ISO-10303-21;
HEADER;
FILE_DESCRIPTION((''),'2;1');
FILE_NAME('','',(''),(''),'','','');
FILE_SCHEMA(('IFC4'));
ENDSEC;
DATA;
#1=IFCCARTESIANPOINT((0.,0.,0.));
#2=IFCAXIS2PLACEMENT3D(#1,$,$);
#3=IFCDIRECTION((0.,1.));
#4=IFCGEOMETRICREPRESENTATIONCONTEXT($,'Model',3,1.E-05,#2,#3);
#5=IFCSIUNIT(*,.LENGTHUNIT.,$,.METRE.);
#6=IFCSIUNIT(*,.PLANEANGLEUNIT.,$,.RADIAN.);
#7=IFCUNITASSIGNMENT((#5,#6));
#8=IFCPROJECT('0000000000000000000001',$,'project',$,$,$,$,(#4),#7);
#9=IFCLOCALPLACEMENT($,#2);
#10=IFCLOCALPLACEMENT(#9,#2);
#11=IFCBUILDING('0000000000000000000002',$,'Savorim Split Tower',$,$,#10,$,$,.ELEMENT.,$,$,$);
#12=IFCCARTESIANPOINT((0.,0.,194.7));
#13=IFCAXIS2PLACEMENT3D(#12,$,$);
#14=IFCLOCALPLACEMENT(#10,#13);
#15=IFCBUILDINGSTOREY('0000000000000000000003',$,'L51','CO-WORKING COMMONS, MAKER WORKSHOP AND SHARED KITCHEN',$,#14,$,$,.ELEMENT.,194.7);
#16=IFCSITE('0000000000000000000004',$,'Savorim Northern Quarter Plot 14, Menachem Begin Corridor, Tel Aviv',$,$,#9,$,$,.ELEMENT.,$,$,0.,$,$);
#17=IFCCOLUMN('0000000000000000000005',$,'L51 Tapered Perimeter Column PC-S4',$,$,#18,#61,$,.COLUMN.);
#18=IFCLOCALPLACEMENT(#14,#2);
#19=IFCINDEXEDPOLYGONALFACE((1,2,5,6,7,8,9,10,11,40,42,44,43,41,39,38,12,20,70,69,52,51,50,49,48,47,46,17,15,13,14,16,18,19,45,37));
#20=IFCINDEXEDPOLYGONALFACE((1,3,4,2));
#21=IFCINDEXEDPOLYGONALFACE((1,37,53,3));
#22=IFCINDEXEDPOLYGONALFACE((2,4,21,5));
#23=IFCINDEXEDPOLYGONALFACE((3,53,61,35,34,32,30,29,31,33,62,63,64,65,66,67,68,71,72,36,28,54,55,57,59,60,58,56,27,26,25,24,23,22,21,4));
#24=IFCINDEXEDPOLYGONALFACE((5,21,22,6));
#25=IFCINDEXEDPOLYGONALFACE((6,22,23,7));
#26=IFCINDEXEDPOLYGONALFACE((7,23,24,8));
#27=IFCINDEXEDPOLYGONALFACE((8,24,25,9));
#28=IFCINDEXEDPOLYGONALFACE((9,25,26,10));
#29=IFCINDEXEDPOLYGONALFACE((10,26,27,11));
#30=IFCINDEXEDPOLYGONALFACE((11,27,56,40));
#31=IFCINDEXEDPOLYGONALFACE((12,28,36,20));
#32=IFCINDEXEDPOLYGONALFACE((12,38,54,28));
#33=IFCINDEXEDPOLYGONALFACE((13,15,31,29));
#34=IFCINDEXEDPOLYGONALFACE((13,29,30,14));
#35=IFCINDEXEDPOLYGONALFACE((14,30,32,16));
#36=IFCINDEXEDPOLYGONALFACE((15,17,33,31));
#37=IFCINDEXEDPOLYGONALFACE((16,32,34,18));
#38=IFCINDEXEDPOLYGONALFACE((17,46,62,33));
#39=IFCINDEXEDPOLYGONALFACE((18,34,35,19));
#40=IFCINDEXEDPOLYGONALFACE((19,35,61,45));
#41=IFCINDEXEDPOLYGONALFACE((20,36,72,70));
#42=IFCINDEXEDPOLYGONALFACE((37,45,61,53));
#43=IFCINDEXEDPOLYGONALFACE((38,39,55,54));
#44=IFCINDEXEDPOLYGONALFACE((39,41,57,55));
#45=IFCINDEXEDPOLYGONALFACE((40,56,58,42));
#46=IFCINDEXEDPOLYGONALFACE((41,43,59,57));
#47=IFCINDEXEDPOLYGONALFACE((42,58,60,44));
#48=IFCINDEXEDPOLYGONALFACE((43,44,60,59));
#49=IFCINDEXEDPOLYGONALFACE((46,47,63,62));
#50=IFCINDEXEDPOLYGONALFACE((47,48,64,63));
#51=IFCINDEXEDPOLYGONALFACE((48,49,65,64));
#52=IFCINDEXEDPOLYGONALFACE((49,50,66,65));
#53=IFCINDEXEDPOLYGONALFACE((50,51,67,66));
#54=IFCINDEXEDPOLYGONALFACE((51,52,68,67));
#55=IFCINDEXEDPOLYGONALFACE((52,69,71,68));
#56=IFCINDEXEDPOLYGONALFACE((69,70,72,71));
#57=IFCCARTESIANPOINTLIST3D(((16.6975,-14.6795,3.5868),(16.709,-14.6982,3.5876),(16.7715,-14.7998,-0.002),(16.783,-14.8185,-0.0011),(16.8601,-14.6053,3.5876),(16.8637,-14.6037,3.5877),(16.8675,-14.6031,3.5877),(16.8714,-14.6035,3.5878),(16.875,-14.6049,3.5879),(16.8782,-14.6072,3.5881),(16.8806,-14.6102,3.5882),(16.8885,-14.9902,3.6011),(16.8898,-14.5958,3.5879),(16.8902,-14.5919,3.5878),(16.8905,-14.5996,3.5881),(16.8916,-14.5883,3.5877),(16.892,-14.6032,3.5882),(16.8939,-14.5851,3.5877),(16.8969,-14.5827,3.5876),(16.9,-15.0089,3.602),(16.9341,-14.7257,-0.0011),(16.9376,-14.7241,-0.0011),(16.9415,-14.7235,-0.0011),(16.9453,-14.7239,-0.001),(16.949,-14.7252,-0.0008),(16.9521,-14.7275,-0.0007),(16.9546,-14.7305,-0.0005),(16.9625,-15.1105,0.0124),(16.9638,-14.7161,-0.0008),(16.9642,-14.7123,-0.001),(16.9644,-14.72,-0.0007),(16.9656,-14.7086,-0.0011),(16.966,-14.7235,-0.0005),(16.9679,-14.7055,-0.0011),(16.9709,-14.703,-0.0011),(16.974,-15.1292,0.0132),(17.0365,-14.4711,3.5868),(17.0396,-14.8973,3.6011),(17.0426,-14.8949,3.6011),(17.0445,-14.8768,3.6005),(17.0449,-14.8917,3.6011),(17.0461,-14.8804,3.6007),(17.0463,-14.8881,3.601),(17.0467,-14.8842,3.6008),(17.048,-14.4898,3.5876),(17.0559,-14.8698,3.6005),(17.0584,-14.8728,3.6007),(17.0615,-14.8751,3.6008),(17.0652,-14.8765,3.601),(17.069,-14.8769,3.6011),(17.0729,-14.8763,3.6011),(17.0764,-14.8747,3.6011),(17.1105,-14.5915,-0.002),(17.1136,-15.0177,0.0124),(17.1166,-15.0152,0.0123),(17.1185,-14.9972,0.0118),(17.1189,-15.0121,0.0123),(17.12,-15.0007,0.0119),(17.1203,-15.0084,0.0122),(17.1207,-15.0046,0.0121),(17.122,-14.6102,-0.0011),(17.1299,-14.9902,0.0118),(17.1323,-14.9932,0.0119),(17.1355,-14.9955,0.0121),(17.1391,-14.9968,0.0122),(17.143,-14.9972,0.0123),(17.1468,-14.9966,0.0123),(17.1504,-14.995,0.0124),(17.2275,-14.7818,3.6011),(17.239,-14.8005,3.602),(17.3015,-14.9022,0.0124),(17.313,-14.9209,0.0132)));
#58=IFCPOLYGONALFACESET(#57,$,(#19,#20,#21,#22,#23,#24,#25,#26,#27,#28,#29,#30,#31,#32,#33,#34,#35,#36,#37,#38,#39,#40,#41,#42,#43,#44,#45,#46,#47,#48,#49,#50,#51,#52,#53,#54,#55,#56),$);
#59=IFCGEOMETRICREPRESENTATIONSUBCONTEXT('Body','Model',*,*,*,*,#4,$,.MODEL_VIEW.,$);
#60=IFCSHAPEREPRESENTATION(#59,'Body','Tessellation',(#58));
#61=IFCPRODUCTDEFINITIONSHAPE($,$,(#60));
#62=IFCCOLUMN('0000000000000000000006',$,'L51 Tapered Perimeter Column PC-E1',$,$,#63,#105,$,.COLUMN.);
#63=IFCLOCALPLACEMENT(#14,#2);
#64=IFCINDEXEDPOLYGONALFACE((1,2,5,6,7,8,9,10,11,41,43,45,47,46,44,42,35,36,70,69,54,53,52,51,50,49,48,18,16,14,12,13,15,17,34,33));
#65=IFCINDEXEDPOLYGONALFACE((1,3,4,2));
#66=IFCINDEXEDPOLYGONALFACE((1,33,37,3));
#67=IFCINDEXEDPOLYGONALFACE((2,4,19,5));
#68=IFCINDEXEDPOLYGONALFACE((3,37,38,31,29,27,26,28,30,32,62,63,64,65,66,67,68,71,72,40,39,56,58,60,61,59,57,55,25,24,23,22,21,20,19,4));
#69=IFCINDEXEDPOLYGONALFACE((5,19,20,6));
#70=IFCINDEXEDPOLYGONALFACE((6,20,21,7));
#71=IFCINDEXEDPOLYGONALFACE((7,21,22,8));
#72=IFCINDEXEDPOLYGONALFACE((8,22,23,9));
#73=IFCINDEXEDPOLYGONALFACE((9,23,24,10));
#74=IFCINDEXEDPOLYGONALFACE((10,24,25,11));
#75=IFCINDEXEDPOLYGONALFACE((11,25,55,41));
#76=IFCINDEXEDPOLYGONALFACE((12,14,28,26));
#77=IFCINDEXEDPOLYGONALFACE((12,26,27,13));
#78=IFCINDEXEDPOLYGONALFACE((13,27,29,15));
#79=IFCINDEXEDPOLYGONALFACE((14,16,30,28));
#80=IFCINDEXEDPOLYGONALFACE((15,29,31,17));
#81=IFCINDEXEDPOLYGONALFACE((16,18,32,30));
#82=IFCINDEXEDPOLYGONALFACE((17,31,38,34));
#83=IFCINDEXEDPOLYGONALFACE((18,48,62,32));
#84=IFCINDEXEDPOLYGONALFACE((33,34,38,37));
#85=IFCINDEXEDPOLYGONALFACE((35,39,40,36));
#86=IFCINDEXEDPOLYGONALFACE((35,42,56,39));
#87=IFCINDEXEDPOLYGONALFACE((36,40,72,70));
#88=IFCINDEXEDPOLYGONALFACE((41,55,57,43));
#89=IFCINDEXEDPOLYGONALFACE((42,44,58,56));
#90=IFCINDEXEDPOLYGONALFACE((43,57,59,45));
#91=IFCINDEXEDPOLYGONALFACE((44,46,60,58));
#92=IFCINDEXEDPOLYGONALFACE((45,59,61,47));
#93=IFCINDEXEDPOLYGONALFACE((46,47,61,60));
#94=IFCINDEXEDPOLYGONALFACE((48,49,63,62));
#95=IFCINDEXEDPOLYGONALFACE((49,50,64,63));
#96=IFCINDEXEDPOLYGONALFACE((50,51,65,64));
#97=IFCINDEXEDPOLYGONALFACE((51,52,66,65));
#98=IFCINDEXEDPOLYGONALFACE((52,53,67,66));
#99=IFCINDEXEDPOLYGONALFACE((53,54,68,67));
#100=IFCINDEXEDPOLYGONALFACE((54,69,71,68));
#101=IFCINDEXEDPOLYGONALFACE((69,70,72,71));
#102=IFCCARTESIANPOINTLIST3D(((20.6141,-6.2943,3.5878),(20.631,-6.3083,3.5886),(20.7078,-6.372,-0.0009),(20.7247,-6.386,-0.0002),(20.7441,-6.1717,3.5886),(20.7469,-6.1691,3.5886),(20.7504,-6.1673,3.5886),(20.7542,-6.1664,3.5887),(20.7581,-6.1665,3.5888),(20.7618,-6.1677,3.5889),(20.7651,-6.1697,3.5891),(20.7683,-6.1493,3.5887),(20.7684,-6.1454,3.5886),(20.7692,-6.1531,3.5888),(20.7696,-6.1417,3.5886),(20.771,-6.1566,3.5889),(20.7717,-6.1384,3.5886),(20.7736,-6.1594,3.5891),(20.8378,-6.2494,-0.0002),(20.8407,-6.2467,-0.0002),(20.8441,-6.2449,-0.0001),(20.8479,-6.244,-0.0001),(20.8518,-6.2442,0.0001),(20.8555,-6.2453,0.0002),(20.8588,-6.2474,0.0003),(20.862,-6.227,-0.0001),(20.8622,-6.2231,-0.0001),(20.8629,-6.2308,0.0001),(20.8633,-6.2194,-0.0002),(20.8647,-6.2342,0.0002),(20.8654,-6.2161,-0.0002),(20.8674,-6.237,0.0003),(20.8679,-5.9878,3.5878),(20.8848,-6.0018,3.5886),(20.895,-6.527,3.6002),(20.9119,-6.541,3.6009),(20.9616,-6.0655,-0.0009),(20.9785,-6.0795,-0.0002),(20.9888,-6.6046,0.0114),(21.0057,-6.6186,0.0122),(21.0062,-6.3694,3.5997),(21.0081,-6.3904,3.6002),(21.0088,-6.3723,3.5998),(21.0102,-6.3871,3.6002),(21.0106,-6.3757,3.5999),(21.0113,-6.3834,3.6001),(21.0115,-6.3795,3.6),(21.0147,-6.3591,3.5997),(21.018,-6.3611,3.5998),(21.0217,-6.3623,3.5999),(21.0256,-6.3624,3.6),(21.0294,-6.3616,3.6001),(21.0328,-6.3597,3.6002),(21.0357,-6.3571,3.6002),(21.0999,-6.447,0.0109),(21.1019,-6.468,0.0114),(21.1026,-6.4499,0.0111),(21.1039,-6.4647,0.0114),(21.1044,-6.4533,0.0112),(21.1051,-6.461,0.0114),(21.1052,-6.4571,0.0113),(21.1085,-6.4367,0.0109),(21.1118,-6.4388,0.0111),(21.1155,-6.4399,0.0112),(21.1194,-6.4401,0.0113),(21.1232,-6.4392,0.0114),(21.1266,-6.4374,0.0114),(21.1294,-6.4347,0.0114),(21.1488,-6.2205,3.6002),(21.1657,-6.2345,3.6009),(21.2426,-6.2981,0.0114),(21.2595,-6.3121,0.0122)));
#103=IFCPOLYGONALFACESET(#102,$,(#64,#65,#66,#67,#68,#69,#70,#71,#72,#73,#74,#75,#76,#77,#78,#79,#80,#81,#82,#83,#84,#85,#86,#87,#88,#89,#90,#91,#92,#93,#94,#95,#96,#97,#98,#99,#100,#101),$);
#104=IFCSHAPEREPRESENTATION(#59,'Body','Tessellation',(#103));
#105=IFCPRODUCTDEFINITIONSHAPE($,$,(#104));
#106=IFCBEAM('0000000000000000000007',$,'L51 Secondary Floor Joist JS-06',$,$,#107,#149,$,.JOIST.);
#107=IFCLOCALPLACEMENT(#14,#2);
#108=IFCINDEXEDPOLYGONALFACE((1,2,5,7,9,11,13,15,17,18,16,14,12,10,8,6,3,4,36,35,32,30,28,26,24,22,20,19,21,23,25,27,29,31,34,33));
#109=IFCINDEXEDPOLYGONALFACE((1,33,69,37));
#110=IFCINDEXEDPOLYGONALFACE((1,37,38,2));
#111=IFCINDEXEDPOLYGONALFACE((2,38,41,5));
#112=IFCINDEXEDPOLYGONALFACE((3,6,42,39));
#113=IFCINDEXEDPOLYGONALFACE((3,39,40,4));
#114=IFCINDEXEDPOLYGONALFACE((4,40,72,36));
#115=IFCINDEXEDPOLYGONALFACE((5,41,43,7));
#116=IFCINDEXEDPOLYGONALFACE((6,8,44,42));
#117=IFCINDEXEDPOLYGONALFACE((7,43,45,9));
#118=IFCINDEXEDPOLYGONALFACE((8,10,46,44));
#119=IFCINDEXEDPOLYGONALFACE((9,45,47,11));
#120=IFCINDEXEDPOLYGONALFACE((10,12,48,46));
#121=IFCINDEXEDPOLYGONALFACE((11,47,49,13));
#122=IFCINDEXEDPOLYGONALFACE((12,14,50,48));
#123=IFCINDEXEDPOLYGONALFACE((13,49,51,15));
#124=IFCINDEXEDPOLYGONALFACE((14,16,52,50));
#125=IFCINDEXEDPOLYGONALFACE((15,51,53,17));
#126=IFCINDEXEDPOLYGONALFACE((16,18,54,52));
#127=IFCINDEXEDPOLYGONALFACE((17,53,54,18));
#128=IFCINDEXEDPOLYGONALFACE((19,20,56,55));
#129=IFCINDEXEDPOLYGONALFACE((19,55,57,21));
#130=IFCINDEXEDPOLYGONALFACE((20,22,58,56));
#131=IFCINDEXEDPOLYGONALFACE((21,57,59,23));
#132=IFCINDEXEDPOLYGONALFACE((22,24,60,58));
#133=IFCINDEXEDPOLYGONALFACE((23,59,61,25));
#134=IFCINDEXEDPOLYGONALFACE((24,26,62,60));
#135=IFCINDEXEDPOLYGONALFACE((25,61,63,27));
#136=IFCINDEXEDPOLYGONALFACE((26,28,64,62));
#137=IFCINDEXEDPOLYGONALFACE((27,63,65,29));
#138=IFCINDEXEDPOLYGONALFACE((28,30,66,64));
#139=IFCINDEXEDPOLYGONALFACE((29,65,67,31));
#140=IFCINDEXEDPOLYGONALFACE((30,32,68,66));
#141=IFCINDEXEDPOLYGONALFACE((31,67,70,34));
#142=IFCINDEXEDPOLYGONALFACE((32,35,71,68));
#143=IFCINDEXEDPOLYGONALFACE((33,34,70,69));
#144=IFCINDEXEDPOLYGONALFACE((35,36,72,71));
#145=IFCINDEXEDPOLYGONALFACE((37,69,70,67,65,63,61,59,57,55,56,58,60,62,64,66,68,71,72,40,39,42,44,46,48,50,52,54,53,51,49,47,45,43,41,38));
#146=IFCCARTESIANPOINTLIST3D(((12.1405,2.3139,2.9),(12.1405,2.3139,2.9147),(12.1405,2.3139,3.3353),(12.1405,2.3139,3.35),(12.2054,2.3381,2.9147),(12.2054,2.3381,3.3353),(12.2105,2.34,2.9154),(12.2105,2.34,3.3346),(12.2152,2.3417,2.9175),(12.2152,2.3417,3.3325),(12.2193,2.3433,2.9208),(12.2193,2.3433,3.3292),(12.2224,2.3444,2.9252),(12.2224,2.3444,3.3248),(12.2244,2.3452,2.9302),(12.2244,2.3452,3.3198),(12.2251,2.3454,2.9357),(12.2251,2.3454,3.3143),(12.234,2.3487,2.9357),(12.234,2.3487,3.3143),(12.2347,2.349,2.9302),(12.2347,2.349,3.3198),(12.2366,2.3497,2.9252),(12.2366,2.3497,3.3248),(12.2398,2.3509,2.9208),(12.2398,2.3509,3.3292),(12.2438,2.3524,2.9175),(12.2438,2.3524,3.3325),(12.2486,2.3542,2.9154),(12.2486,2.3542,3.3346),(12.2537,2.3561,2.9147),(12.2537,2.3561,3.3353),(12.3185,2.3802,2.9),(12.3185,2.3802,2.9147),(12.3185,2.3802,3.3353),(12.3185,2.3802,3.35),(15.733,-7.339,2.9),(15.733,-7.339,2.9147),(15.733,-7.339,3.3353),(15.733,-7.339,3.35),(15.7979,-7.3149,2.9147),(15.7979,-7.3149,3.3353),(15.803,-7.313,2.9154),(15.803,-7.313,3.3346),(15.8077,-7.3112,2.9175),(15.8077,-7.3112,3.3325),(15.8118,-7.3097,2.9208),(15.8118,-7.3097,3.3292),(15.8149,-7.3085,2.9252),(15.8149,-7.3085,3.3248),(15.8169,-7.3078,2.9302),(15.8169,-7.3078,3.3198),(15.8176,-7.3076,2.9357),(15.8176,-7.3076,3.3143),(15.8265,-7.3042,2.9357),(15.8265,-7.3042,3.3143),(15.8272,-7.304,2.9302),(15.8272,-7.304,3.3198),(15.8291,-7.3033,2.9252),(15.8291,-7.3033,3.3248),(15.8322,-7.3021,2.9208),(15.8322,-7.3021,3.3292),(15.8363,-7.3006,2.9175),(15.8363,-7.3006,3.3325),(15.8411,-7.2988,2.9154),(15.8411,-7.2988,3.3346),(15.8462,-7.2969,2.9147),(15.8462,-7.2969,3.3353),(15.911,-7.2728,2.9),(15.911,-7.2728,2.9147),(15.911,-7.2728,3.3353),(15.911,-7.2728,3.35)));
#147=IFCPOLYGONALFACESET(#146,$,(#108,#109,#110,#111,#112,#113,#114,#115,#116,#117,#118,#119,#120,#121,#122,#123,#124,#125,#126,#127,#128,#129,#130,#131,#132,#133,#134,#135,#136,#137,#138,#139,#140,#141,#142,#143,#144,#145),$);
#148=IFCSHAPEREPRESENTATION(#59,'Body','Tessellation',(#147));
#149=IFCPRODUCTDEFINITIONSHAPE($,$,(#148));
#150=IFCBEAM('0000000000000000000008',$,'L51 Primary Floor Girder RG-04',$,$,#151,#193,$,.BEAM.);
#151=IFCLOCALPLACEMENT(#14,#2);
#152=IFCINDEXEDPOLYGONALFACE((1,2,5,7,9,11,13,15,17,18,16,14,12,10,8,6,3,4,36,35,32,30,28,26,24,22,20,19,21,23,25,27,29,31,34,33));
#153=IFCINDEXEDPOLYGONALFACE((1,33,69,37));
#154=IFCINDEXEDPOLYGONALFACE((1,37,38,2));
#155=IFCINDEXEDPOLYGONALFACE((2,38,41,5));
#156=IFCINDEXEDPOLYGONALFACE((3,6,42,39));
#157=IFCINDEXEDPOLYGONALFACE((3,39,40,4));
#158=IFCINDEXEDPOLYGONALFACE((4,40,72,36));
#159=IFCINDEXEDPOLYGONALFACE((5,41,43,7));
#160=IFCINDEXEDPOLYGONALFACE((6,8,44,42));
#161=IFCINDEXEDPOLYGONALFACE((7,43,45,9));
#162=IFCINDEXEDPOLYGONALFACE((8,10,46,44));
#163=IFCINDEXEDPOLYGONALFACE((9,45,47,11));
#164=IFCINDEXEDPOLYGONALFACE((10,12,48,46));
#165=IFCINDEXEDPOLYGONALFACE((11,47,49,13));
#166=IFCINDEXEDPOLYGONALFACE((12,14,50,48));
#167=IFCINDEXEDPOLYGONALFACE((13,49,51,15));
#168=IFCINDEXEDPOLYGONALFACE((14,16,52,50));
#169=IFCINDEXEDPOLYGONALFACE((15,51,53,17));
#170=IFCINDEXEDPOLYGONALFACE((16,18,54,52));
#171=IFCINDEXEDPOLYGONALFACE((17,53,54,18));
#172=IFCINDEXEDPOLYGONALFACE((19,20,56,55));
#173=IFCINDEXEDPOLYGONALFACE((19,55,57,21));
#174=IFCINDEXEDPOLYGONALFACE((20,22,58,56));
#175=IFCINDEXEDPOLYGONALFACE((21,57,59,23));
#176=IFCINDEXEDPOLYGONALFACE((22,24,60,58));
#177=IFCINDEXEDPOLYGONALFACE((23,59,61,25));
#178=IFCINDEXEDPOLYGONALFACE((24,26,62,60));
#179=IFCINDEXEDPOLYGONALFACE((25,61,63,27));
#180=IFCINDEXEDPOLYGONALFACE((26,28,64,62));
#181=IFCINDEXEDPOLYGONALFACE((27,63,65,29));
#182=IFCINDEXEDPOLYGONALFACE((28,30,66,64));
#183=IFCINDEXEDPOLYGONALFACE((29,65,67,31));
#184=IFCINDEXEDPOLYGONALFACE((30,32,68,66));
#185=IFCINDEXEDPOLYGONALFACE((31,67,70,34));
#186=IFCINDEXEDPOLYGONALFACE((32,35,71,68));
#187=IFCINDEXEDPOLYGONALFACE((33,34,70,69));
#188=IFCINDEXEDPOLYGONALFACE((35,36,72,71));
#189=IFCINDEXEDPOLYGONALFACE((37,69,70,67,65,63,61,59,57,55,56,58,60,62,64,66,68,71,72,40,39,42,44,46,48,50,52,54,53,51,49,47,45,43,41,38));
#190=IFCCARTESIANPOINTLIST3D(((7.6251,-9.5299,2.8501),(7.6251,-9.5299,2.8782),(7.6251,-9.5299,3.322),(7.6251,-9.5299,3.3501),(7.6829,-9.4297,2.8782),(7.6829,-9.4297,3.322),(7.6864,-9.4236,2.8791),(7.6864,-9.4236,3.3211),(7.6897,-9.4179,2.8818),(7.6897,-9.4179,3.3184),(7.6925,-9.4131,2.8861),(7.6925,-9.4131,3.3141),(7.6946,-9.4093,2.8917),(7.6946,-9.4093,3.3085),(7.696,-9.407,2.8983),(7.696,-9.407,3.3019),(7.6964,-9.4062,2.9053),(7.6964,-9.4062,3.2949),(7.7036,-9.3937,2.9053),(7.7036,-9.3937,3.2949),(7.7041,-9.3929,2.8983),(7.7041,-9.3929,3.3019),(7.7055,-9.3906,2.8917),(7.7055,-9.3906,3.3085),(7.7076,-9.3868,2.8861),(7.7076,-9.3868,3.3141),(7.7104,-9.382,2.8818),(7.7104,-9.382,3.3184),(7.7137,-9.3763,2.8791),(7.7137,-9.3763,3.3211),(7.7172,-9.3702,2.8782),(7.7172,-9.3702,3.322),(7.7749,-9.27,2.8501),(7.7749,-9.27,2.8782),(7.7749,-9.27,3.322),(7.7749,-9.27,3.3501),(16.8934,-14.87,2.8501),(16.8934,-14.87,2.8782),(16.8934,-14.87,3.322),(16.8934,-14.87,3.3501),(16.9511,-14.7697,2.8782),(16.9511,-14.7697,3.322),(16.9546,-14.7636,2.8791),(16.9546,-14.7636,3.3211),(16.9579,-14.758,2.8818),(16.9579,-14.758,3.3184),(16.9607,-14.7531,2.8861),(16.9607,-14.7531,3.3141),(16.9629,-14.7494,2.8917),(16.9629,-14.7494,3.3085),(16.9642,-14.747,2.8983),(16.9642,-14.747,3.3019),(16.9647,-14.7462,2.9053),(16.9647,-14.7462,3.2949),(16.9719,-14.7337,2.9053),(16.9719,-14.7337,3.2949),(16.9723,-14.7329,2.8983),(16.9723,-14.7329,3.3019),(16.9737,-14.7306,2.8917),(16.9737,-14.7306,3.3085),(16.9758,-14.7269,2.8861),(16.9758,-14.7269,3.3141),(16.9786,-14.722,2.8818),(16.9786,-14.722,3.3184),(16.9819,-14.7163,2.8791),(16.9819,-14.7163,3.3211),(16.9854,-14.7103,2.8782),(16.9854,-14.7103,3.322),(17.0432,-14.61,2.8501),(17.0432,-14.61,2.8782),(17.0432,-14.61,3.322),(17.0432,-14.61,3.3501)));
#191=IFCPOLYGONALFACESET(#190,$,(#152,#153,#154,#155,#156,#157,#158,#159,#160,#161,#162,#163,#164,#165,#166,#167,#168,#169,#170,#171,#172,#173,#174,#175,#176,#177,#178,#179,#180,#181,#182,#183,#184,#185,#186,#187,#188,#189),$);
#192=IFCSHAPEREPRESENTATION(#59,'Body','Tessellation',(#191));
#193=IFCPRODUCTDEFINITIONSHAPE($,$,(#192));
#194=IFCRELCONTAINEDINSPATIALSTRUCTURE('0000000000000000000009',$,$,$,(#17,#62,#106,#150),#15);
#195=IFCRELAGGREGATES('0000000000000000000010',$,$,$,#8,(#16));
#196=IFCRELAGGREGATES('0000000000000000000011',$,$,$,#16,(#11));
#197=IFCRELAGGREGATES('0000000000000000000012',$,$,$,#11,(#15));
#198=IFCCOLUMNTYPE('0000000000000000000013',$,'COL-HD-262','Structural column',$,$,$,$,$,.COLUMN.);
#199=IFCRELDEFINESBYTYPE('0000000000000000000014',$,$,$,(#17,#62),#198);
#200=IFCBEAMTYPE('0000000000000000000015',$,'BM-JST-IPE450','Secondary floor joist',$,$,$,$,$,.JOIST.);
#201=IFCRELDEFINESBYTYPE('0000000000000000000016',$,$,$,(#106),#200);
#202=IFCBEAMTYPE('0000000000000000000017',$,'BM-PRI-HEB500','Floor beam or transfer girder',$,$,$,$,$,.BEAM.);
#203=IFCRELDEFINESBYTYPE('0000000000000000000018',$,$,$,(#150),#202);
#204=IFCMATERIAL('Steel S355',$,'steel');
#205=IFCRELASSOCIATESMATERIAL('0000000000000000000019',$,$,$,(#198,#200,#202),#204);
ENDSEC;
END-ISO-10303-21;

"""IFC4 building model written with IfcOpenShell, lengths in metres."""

from ifc_helpers import new_model, si_unit, direction, frame, origin, origin_2d, place, context, subcontext, project, spatial, i_section, extrude, material, material_profile, profile_set, type_object, element, save


model = new_model("IFC4")

# Units and contexts
model_context = context("Model", 3, precision=1e-05, world=origin(), true_north=direction((0.0, 1.0)))
body_context = subcontext(model_context, "Body", "Model", "MODEL_VIEW")
ifc_project = project(units=[si_unit("LENGTHUNIT", "METRE"), si_unit("PLANEANGLEUNIT", "RADIAN")], contexts=[model_context])

# Site, building, storey
site_placement = place(None, origin())
site = spatial("IfcSite", under=ifc_project, at=site_placement, Name="Savorim Northern Quarter Plot 14, Menachem Begin Corridor, Tel Aviv", CompositionType="ELEMENT", RefElevation=0.0)
building_placement = place(site_placement, origin())
building = spatial("IfcBuilding", under=site, at=building_placement, Name="Savorim Split Tower", CompositionType="ELEMENT")
storey_placement = place(building_placement, frame((0.0, 0.0, 194.7)))
storey = spatial("IfcBuildingStorey", under=building, at=storey_placement, Name="L51", Description="CO-WORKING COMMONS, MAKER WORKSHOP AND SHARED KITCHEN", CompositionType="ELEMENT", Elevation=194.7)

# Columns
ifc_material_1 = material(Name="Steel S355", Category="steel")
ifc_material_profile_1 = material_profile(ifc_material_1, i_section(OverallWidth=0.3979, OverallDepth=0.387, WebThickness=0.0134, FlangeThickness=0.022, FilletRadius=0.0149, at=origin_2d()), Name="HD 400x262")
ifc_profile_set_1 = profile_set([ifc_material_profile_1], Name="Steel S355")
column_type = type_object("IfcColumnType", Name="COL-HD-262", Description="Structural column", PredefinedType="COLUMN", material=ifc_profile_set_1)
column_1_placement = place(storey_placement, frame((17.0422, -14.8604, 0.0056), z_axis=(-0.020596, 0.033511, 0.999226), x_axis=(-0.851955, -0.523615, 0.0)))
element("IfcColumn", 1, at=column_1_placement, inside=storey, type_object=column_type, Name="L51 Tapered Perimeter Column PC-S4", PredefinedType="COLUMN", context=body_context, shape_type="SweptSolid", body=[
    extrude(i_section(OverallWidth=0.3979, OverallDepth=0.387, WebThickness=0.0134, FlangeThickness=0.022, FilletRadius=0.0149, at=origin_2d()), origin(), (0.0, 0.0, 1.0), 3.5916),
])
column_2_placement = place(storey_placement, frame((20.9836, -6.342, 0.0056), z_axis=(-0.026107, 0.02162, 0.999425), x_axis=(-0.637814, -0.77019, 0.0)))
element("IfcColumn", 2, at=column_2_placement, inside=storey, type_object=column_type, Name="L51 Tapered Perimeter Column PC-E1", PredefinedType="COLUMN", context=body_context, shape_type="SweptSolid", body=[
    extrude(i_section(OverallWidth=0.3979, OverallDepth=0.387, WebThickness=0.0134, FlangeThickness=0.022, FilletRadius=0.0149, at=origin_2d()), origin(), (0.0, 0.0, 1.0), 3.5908),
])

# Beams
ifc_material_profile_2 = material_profile(ifc_material_1, i_section(OverallWidth=0.1899, OverallDepth=0.45, WebThickness=0.0095, FlangeThickness=0.0146, FilletRadius=0.021, at=origin_2d()), Name="IPE 450")
ifc_profile_set_2 = profile_set([ifc_material_profile_2], Name="Steel S355")
beam_type_1 = type_object("IfcBeamType", Name="BM-JST-IPE450", Description="Secondary floor joist", PredefinedType="JOIST", material=ifc_profile_set_2)
beam_1_placement = place(storey_placement, frame((15.822, -7.3059, 3.125), z_axis=(-0.348792, 0.9372, 0.0), x_axis=(-0.9372, -0.348792, 0.0)))
element("IfcBeam", 3, at=beam_1_placement, inside=storey, type_object=beam_type_1, Name="L51 Secondary Floor Joist JS-06", PredefinedType="JOIST", context=body_context, shape_type="SweptSolid", body=[
    extrude(i_section(OverallWidth=0.1899, OverallDepth=0.45, WebThickness=0.0095, FlangeThickness=0.0146, FilletRadius=0.021, at=origin_2d()), origin(), (0.0, 0.0, 1.0), 10.2998),
])
ifc_material_profile_3 = material_profile(ifc_material_1, i_section(OverallWidth=0.3, OverallDepth=0.5, WebThickness=0.0144, FlangeThickness=0.0281, FilletRadius=0.0271, at=origin_2d()), Name="HEB 500")
ifc_profile_set_3 = profile_set([ifc_material_profile_3], Name="Steel S355")
beam_type_2 = type_object("IfcBeamType", Name="BM-PRI-HEB500", Description="Floor beam or transfer girder", PredefinedType="BEAM", material=ifc_profile_set_3)
beam_2_placement = place(storey_placement, frame((16.9683, -14.74, 3.1001), z_axis=(-0.866469, 0.49923, 0.0), x_axis=(-0.49923, -0.866469, 0.0)))
element("IfcBeam", 4, at=beam_2_placement, inside=storey, type_object=beam_type_2, Name="L51 Primary Floor Girder RG-04", PredefinedType="BEAM", context=body_context, shape_type="SweptSolid", body=[
    extrude(i_section(OverallWidth=0.3, OverallDepth=0.5, WebThickness=0.0144, FlangeThickness=0.0281, FilletRadius=0.0271, at=origin_2d()), origin(), (0.0, 0.0, 1.0), 10.6965),
])

save(model, "model.ifc")
